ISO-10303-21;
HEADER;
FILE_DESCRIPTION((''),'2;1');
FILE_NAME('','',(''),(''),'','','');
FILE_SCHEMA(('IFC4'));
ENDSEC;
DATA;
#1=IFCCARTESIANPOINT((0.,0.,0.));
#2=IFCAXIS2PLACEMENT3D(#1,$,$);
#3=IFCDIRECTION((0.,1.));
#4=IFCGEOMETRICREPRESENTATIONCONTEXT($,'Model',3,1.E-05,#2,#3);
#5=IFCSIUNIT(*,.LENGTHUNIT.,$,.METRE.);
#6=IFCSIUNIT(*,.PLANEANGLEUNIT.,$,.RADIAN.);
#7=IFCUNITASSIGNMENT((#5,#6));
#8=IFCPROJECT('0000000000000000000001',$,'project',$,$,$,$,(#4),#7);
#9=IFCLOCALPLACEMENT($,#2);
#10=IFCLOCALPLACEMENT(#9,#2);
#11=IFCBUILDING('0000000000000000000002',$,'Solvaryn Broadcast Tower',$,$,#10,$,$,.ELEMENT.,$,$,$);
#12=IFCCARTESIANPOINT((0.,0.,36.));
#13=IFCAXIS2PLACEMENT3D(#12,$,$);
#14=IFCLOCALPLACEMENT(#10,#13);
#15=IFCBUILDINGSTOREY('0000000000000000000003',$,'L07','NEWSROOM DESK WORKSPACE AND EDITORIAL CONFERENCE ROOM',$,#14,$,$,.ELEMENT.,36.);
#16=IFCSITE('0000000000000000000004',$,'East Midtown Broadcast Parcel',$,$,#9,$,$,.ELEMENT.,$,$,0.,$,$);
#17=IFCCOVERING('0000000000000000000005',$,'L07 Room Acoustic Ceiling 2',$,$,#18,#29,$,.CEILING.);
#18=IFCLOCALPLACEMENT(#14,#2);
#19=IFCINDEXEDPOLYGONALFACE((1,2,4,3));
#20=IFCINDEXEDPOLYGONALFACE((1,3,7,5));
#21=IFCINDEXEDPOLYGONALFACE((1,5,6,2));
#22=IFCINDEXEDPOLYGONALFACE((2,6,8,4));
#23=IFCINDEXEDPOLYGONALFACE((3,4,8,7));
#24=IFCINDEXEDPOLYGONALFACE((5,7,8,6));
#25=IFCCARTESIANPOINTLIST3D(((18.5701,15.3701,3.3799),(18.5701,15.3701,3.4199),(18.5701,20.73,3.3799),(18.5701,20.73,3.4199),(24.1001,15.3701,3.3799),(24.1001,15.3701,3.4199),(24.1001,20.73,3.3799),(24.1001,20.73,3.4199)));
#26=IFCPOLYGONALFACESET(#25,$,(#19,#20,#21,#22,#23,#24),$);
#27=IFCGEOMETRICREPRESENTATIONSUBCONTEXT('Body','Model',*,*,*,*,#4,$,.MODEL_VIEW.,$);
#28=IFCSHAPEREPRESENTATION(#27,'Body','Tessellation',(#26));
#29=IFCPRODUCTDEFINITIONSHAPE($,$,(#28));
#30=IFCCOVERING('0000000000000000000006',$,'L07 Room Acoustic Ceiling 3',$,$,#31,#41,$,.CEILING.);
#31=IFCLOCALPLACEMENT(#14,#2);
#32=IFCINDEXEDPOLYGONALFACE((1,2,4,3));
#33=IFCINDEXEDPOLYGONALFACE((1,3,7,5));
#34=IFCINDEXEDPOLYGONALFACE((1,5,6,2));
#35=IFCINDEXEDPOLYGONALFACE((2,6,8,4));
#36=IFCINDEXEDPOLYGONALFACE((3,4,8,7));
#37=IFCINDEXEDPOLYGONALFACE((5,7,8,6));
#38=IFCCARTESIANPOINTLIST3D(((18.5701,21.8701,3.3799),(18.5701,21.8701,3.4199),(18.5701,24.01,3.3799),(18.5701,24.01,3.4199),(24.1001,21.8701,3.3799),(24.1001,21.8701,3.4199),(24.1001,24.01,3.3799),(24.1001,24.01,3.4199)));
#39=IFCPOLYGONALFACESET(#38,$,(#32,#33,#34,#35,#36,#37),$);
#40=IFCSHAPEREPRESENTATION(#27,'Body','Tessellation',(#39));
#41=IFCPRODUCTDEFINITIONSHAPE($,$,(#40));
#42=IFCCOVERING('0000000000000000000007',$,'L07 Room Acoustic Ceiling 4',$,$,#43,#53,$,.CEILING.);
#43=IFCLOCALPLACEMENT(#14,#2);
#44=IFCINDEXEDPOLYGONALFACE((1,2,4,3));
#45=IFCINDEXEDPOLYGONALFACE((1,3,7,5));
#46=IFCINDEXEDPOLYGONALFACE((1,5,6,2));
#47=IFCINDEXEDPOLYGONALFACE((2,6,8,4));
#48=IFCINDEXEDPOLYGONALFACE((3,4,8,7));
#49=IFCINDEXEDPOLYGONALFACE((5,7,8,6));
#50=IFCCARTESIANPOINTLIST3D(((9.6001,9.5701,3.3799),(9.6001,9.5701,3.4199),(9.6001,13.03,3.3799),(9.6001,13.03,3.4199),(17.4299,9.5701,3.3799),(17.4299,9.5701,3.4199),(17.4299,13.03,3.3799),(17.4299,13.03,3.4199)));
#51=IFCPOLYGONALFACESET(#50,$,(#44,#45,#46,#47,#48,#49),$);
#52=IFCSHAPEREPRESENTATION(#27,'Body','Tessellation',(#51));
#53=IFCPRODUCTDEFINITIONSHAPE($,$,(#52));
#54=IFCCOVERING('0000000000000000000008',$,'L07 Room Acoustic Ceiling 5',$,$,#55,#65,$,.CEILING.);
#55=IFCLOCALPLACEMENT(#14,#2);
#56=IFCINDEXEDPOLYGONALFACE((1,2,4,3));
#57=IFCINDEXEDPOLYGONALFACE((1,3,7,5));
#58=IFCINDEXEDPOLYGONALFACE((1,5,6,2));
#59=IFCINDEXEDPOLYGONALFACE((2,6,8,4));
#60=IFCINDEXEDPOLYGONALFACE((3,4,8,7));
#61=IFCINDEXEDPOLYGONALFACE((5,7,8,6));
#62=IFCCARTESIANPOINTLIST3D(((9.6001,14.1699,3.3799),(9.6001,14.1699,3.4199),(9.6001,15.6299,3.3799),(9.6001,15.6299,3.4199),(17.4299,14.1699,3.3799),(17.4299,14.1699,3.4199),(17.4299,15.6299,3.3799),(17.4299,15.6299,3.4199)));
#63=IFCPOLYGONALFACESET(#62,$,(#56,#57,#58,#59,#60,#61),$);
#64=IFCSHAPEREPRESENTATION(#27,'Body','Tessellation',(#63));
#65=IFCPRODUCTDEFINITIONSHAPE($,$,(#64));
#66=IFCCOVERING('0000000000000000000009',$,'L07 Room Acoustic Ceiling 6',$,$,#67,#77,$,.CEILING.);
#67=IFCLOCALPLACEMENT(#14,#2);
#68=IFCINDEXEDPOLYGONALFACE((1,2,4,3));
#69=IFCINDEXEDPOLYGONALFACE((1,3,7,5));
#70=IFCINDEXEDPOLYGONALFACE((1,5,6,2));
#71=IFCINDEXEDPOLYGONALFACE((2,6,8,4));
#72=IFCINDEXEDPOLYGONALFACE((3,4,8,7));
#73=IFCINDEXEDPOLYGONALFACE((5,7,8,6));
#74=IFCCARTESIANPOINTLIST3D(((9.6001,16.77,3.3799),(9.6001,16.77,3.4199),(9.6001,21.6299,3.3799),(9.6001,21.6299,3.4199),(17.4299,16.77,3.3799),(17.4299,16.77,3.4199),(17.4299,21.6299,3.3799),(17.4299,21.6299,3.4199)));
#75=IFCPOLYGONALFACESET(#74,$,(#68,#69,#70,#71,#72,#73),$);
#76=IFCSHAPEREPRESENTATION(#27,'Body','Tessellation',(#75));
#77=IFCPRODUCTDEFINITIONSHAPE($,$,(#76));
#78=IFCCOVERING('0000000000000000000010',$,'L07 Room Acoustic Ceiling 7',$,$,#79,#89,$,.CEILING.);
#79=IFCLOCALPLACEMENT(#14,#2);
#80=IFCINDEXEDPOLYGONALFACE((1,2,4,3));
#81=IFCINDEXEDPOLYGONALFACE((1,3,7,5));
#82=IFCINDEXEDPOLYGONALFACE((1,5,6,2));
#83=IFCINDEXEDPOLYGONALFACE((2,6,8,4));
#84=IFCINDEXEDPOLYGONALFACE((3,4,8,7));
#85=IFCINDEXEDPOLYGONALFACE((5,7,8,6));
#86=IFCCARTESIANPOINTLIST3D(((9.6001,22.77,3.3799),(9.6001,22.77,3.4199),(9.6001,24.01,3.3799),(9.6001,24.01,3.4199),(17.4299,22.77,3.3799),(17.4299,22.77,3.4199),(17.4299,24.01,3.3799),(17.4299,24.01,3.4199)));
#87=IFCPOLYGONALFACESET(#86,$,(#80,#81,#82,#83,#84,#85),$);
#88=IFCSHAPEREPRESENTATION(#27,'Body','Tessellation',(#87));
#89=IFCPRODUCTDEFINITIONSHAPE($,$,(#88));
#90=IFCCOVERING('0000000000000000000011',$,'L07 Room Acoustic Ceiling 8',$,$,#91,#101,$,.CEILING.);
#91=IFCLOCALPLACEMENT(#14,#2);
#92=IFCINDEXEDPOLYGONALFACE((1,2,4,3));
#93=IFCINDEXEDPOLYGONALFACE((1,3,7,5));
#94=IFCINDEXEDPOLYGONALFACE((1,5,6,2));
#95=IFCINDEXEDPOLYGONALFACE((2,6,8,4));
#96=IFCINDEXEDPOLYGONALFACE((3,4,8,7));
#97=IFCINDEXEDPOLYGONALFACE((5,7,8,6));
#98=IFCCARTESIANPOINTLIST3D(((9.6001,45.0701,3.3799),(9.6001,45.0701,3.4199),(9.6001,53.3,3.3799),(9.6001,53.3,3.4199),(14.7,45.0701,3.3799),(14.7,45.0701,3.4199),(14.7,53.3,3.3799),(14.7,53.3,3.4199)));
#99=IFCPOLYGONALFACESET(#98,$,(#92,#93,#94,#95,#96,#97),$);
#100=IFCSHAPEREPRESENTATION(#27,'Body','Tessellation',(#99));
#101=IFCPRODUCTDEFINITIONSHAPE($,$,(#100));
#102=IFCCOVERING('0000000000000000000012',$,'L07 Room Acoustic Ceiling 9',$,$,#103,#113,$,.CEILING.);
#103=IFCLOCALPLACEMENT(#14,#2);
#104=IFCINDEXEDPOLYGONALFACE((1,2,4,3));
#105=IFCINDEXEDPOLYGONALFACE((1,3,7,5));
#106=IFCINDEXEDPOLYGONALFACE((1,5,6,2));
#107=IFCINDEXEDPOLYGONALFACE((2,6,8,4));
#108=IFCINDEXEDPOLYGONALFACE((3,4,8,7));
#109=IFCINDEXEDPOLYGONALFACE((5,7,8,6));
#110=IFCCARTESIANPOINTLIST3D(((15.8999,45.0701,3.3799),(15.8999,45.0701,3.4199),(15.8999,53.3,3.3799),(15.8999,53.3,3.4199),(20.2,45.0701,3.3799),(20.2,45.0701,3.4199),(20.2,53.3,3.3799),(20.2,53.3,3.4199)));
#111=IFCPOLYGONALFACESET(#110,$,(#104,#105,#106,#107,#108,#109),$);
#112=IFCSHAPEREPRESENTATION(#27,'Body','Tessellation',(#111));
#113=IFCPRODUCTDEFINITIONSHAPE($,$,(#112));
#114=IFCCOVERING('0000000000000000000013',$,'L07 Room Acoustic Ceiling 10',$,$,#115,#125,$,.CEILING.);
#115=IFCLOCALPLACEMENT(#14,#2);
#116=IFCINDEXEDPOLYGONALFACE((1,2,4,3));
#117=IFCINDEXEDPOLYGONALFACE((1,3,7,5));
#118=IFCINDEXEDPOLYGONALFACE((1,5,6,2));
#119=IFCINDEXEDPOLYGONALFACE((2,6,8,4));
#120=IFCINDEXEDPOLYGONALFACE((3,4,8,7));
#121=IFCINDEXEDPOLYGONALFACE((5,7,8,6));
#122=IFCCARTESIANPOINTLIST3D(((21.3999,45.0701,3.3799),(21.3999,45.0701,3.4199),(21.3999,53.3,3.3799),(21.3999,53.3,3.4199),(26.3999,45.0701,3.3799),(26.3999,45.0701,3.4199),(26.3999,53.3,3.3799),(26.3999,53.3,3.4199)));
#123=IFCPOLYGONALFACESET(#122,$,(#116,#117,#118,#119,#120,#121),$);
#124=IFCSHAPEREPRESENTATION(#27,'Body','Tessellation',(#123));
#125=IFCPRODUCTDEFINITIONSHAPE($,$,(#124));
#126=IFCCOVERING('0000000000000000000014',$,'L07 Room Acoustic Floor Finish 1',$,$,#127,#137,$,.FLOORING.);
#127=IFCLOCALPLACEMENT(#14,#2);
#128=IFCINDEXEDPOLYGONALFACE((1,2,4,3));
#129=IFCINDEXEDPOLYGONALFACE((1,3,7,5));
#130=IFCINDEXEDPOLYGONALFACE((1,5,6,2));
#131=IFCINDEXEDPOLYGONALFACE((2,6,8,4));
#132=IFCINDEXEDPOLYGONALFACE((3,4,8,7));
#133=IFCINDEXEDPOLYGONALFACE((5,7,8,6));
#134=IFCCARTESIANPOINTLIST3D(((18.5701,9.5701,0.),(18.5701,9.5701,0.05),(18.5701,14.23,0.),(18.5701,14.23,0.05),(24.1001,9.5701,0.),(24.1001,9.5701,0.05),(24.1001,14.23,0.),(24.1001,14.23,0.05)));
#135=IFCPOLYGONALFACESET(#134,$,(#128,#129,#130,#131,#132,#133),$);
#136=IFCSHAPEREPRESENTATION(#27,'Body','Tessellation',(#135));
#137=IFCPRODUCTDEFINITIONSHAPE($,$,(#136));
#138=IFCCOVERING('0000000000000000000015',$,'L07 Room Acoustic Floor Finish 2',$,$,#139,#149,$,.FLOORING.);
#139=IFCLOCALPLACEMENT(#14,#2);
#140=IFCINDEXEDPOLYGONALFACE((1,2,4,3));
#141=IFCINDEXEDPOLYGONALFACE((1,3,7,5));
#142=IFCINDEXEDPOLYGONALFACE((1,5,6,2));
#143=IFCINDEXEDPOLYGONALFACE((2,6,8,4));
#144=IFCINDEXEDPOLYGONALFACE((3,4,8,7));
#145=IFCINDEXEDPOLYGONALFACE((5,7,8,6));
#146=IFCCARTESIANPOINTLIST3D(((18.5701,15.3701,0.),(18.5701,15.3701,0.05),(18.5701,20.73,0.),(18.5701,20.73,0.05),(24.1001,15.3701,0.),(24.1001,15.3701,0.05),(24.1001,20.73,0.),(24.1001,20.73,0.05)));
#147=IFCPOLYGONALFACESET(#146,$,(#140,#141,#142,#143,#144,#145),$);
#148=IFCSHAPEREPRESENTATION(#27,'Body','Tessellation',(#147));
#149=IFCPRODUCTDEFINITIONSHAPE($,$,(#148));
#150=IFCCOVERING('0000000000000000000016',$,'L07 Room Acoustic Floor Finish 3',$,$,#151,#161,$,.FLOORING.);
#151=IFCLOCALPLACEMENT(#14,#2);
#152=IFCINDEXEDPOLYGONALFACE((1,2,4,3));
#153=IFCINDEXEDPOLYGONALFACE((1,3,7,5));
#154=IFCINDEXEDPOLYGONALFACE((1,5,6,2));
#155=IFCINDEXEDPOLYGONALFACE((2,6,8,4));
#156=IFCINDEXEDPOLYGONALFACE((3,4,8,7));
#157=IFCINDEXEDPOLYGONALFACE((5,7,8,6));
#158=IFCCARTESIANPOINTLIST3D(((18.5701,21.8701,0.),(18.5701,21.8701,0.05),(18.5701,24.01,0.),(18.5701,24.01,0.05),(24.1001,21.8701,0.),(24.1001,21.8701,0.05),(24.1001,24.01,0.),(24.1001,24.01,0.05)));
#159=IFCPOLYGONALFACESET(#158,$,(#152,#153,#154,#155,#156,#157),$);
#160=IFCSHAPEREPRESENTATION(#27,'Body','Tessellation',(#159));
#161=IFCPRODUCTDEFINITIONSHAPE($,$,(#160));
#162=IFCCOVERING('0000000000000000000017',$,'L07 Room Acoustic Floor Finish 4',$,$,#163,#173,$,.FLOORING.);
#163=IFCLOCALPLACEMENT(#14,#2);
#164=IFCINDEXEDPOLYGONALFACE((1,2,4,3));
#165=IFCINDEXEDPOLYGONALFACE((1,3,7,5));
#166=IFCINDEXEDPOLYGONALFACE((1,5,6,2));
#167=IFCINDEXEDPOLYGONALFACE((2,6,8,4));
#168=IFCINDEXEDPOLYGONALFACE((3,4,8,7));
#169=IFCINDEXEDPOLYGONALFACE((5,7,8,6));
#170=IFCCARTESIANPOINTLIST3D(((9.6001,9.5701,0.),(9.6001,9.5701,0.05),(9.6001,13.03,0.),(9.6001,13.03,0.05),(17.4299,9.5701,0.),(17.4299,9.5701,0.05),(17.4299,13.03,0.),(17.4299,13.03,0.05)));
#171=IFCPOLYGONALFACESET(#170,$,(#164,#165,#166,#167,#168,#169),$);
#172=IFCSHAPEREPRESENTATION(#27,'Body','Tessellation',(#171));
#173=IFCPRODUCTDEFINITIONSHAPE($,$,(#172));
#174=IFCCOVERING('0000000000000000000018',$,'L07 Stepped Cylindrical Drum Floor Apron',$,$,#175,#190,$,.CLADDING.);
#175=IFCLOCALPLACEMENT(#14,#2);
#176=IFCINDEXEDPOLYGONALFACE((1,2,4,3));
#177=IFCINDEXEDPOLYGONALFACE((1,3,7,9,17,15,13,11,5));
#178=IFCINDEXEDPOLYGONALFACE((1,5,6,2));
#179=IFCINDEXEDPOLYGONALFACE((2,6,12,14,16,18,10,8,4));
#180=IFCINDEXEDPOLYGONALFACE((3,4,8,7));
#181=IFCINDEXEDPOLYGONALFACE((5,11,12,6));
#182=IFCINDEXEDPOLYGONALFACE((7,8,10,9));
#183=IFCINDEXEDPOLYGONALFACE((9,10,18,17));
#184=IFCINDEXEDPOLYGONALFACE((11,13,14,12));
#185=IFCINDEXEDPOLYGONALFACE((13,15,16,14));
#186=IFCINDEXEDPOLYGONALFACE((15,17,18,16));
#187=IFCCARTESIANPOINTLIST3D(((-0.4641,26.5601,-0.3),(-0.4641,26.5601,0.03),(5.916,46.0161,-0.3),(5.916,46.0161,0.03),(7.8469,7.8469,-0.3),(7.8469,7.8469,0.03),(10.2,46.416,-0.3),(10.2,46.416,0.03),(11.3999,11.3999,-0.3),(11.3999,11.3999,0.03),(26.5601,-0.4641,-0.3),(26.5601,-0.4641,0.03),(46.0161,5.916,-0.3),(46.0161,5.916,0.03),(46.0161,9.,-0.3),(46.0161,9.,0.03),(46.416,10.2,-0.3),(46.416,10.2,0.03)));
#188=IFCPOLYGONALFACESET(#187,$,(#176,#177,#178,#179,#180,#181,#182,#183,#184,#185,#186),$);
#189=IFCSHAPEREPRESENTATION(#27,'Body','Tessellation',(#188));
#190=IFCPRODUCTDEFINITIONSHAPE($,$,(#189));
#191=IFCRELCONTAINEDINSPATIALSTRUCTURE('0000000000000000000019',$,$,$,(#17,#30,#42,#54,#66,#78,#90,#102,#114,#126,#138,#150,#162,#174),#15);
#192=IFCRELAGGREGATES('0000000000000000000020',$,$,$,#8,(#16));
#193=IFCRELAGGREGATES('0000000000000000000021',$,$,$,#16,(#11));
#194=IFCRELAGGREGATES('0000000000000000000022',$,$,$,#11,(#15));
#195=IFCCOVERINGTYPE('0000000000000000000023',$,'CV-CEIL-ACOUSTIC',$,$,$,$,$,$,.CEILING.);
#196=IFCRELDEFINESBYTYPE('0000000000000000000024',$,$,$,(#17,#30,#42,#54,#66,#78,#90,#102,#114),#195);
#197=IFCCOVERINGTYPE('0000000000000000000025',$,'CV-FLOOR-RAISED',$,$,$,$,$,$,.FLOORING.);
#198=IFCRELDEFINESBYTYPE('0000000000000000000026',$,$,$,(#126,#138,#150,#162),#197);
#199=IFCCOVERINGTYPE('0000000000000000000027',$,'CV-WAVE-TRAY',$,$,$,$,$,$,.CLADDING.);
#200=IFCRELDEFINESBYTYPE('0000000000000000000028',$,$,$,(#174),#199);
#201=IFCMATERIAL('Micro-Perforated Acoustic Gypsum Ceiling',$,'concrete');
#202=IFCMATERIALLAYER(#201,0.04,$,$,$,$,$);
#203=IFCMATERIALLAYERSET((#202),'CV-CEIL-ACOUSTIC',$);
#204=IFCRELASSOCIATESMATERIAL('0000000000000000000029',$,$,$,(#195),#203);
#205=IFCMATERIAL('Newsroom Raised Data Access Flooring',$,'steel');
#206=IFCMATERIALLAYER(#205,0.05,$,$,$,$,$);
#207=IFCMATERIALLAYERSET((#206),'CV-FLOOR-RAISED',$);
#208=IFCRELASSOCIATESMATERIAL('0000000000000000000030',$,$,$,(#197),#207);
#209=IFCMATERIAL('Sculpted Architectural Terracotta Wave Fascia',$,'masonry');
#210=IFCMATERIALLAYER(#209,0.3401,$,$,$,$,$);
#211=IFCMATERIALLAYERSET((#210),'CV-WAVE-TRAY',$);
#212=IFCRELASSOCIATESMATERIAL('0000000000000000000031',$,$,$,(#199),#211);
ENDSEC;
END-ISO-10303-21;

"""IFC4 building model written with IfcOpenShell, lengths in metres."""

from ifc_helpers import new_model, si_unit, direction, frame, origin, place, context, subcontext, project, spatial, polyline, outline, extrude, material, layer, layer_set, type_object, element, save


model = new_model("IFC4")

# Units and contexts
model_context = context("Model", 3, precision=1e-05, world=origin(), true_north=direction((0.0, 1.0)))
body_context = subcontext(model_context, "Body", "Model", "MODEL_VIEW")
ifc_project = project(units=[si_unit("LENGTHUNIT", "METRE"), si_unit("PLANEANGLEUNIT", "RADIAN")], contexts=[model_context])

# Site, building, storey
site_placement = place(None, origin())
site = spatial("IfcSite", under=ifc_project, at=site_placement, Name="East Midtown Broadcast Parcel", CompositionType="ELEMENT", RefElevation=0.0)
building_placement = place(site_placement, origin())
building = spatial("IfcBuilding", under=site, at=building_placement, Name="Solvaryn Broadcast Tower", CompositionType="ELEMENT")
storey_placement = place(building_placement, frame((0.0, 0.0, 36.0)))
storey = spatial("IfcBuildingStorey", under=building, at=storey_placement, Name="L07", Description="NEWSROOM DESK WORKSPACE AND EDITORIAL CONFERENCE ROOM", CompositionType="ELEMENT", Elevation=36.0)

# Coverings
ifc_material_1 = material(Name="Micro-Perforated Acoustic Gypsum Ceiling", Category="concrete")
ifc_layer_1 = layer(ifc_material_1, 0.04)
ifc_layer_set_1 = layer_set([ifc_layer_1], Name="CV-CEIL-ACOUSTIC")
covering_type_1 = type_object("IfcCoveringType", Name="CV-CEIL-ACOUSTIC", PredefinedType="CEILING", material=ifc_layer_set_1)
covering_1_placement = place(storey_placement, frame((0.0, 0.0, 3.3799)))
element("IfcCovering", 1, at=covering_1_placement, inside=storey, type_object=covering_type_1, Name="L07 Room Acoustic Ceiling 2", PredefinedType="CEILING", context=body_context, shape_type="SweptSolid", body=[
    extrude(outline(polyline([(18.5701, 15.3701), (24.1001, 15.3701), (24.1001, 20.73), (18.5701, 20.73), (18.5701, 15.3701)])), origin(), (0.0, 0.0, 1.0), 0.04),
])
covering_2_placement = place(storey_placement, frame((0.0, 0.0, 3.3799)))
element("IfcCovering", 2, at=covering_2_placement, inside=storey, type_object=covering_type_1, Name="L07 Room Acoustic Ceiling 3", PredefinedType="CEILING", context=body_context, shape_type="SweptSolid", body=[
    extrude(outline(polyline([(18.5701, 21.8701), (24.1001, 21.8701), (24.1001, 24.01), (18.5701, 24.01), (18.5701, 21.8701)])), origin(), (0.0, 0.0, 1.0), 0.04),
])
covering_3_placement = place(storey_placement, frame((0.0, 0.0, 3.3799)))
element("IfcCovering", 3, at=covering_3_placement, inside=storey, type_object=covering_type_1, Name="L07 Room Acoustic Ceiling 4", PredefinedType="CEILING", context=body_context, shape_type="SweptSolid", body=[
    extrude(outline(polyline([(9.6001, 9.5701), (17.4299, 9.5701), (17.4299, 13.03), (9.6001, 13.03), (9.6001, 9.5701)])), origin(), (0.0, 0.0, 1.0), 0.04),
])
covering_4_placement = place(storey_placement, frame((0.0, 0.0, 3.3799)))
element("IfcCovering", 4, at=covering_4_placement, inside=storey, type_object=covering_type_1, Name="L07 Room Acoustic Ceiling 5", PredefinedType="CEILING", context=body_context, shape_type="SweptSolid", body=[
    extrude(outline(polyline([(9.6001, 14.1699), (17.4299, 14.1699), (17.4299, 15.6299), (9.6001, 15.6299), (9.6001, 14.1699)])), origin(), (0.0, 0.0, 1.0), 0.04),
])
covering_5_placement = place(storey_placement, frame((0.0, 0.0, 3.3799)))
element("IfcCovering", 5, at=covering_5_placement, inside=storey, type_object=covering_type_1, Name="L07 Room Acoustic Ceiling 6", PredefinedType="CEILING", context=body_context, shape_type="SweptSolid", body=[
    extrude(outline(polyline([(9.6001, 16.77), (17.4299, 16.77), (17.4299, 21.6299), (9.6001, 21.6299), (9.6001, 16.77)])), origin(), (0.0, 0.0, 1.0), 0.04),
])
covering_6_placement = place(storey_placement, frame((0.0, 0.0, 3.3799)))
element("IfcCovering", 6, at=covering_6_placement, inside=storey, type_object=covering_type_1, Name="L07 Room Acoustic Ceiling 7", PredefinedType="CEILING", context=body_context, shape_type="SweptSolid", body=[
    extrude(outline(polyline([(9.6001, 22.77), (17.4299, 22.77), (17.4299, 24.01), (9.6001, 24.01), (9.6001, 22.77)])), origin(), (0.0, 0.0, 1.0), 0.04),
])
covering_7_placement = place(storey_placement, frame((0.0, 0.0, 3.3799)))
element("IfcCovering", 7, at=covering_7_placement, inside=storey, type_object=covering_type_1, Name="L07 Room Acoustic Ceiling 8", PredefinedType="CEILING", context=body_context, shape_type="SweptSolid", body=[
    extrude(outline(polyline([(9.6001, 45.0701), (14.7, 45.0701), (14.7, 53.3), (9.6001, 53.3), (9.6001, 45.0701)])), origin(), (0.0, 0.0, 1.0), 0.04),
])
covering_8_placement = place(storey_placement, frame((0.0, 0.0, 3.3799)))
element("IfcCovering", 8, at=covering_8_placement, inside=storey, type_object=covering_type_1, Name="L07 Room Acoustic Ceiling 9", PredefinedType="CEILING", context=body_context, shape_type="SweptSolid", body=[
    extrude(outline(polyline([(15.8999, 45.0701), (20.2, 45.0701), (20.2, 53.3), (15.8999, 53.3), (15.8999, 45.0701)])), origin(), (0.0, 0.0, 1.0), 0.04),
])
covering_9_placement = place(storey_placement, frame((0.0, 0.0, 3.3799)))
element("IfcCovering", 9, at=covering_9_placement, inside=storey, type_object=covering_type_1, Name="L07 Room Acoustic Ceiling 10", PredefinedType="CEILING", context=body_context, shape_type="SweptSolid", body=[
    extrude(outline(polyline([(21.3999, 45.0701), (26.3999, 45.0701), (26.3999, 53.3), (21.3999, 53.3), (21.3999, 45.0701)])), origin(), (0.0, 0.0, 1.0), 0.04),
])
ifc_material_2 = material(Name="Newsroom Raised Data Access Flooring", Category="steel")
ifc_layer_2 = layer(ifc_material_2, 0.05)
ifc_layer_set_2 = layer_set([ifc_layer_2], Name="CV-FLOOR-RAISED")
covering_type_2 = type_object("IfcCoveringType", Name="CV-FLOOR-RAISED", PredefinedType="FLOORING", material=ifc_layer_set_2)
covering_10_placement = place(storey_placement, origin())
element("IfcCovering", 10, at=covering_10_placement, inside=storey, type_object=covering_type_2, Name="L07 Room Acoustic Floor Finish 1", PredefinedType="FLOORING", context=body_context, shape_type="SweptSolid", body=[
    extrude(outline(polyline([(18.5701, 9.5701), (24.1001, 9.5701), (24.1001, 14.23), (18.5701, 14.23), (18.5701, 9.5701)])), origin(), (0.0, 0.0, 1.0), 0.05),
])
covering_11_placement = place(storey_placement, origin())
element("IfcCovering", 11, at=covering_11_placement, inside=storey, type_object=covering_type_2, Name="L07 Room Acoustic Floor Finish 2", PredefinedType="FLOORING", context=body_context, shape_type="SweptSolid", body=[
    extrude(outline(polyline([(18.5701, 15.3701), (24.1001, 15.3701), (24.1001, 20.73), (18.5701, 20.73), (18.5701, 15.3701)])), origin(), (0.0, 0.0, 1.0), 0.05),
])
covering_12_placement = place(storey_placement, origin())
element("IfcCovering", 12, at=covering_12_placement, inside=storey, type_object=covering_type_2, Name="L07 Room Acoustic Floor Finish 3", PredefinedType="FLOORING", context=body_context, shape_type="SweptSolid", body=[
    extrude(outline(polyline([(18.5701, 21.8701), (24.1001, 21.8701), (24.1001, 24.01), (18.5701, 24.01), (18.5701, 21.8701)])), origin(), (0.0, 0.0, 1.0), 0.05),
])
covering_13_placement = place(storey_placement, origin())
element("IfcCovering", 13, at=covering_13_placement, inside=storey, type_object=covering_type_2, Name="L07 Room Acoustic Floor Finish 4", PredefinedType="FLOORING", context=body_context, shape_type="SweptSolid", body=[
    extrude(outline(polyline([(9.6001, 9.5701), (17.4299, 9.5701), (17.4299, 13.03), (9.6001, 13.03), (9.6001, 9.5701)])), origin(), (0.0, 0.0, 1.0), 0.05),
])
ifc_material_3 = material(Name="Sculpted Architectural Terracotta Wave Fascia", Category="masonry")
ifc_layer_3 = layer(ifc_material_3, 0.3401)
ifc_layer_set_3 = layer_set([ifc_layer_3], Name="CV-WAVE-TRAY")
covering_type_3 = type_object("IfcCoveringType", Name="CV-WAVE-TRAY", PredefinedType="CLADDING", material=ifc_layer_set_3)
covering_14_placement = place(storey_placement, frame((0.0, 0.0, -0.3)))
element("IfcCovering", 14, at=covering_14_placement, inside=storey, type_object=covering_type_3, Name="L07 Stepped Cylindrical Drum Floor Apron", PredefinedType="CLADDING", context=body_context, shape_type="SweptSolid", body=[
    extrude(outline(polyline([(10.2, 46.416), (5.916, 46.0161), (-0.4641, 26.5601), (7.8469, 7.8469), (26.5601, -0.4641), (46.0161, 5.916), (46.0161, 9.0), (46.416, 10.2), (11.3999, 11.3999), (10.2, 46.416)])), origin(), (0.0, 0.0, 1.0), 0.3301),
])

save(model, "model.ifc")
